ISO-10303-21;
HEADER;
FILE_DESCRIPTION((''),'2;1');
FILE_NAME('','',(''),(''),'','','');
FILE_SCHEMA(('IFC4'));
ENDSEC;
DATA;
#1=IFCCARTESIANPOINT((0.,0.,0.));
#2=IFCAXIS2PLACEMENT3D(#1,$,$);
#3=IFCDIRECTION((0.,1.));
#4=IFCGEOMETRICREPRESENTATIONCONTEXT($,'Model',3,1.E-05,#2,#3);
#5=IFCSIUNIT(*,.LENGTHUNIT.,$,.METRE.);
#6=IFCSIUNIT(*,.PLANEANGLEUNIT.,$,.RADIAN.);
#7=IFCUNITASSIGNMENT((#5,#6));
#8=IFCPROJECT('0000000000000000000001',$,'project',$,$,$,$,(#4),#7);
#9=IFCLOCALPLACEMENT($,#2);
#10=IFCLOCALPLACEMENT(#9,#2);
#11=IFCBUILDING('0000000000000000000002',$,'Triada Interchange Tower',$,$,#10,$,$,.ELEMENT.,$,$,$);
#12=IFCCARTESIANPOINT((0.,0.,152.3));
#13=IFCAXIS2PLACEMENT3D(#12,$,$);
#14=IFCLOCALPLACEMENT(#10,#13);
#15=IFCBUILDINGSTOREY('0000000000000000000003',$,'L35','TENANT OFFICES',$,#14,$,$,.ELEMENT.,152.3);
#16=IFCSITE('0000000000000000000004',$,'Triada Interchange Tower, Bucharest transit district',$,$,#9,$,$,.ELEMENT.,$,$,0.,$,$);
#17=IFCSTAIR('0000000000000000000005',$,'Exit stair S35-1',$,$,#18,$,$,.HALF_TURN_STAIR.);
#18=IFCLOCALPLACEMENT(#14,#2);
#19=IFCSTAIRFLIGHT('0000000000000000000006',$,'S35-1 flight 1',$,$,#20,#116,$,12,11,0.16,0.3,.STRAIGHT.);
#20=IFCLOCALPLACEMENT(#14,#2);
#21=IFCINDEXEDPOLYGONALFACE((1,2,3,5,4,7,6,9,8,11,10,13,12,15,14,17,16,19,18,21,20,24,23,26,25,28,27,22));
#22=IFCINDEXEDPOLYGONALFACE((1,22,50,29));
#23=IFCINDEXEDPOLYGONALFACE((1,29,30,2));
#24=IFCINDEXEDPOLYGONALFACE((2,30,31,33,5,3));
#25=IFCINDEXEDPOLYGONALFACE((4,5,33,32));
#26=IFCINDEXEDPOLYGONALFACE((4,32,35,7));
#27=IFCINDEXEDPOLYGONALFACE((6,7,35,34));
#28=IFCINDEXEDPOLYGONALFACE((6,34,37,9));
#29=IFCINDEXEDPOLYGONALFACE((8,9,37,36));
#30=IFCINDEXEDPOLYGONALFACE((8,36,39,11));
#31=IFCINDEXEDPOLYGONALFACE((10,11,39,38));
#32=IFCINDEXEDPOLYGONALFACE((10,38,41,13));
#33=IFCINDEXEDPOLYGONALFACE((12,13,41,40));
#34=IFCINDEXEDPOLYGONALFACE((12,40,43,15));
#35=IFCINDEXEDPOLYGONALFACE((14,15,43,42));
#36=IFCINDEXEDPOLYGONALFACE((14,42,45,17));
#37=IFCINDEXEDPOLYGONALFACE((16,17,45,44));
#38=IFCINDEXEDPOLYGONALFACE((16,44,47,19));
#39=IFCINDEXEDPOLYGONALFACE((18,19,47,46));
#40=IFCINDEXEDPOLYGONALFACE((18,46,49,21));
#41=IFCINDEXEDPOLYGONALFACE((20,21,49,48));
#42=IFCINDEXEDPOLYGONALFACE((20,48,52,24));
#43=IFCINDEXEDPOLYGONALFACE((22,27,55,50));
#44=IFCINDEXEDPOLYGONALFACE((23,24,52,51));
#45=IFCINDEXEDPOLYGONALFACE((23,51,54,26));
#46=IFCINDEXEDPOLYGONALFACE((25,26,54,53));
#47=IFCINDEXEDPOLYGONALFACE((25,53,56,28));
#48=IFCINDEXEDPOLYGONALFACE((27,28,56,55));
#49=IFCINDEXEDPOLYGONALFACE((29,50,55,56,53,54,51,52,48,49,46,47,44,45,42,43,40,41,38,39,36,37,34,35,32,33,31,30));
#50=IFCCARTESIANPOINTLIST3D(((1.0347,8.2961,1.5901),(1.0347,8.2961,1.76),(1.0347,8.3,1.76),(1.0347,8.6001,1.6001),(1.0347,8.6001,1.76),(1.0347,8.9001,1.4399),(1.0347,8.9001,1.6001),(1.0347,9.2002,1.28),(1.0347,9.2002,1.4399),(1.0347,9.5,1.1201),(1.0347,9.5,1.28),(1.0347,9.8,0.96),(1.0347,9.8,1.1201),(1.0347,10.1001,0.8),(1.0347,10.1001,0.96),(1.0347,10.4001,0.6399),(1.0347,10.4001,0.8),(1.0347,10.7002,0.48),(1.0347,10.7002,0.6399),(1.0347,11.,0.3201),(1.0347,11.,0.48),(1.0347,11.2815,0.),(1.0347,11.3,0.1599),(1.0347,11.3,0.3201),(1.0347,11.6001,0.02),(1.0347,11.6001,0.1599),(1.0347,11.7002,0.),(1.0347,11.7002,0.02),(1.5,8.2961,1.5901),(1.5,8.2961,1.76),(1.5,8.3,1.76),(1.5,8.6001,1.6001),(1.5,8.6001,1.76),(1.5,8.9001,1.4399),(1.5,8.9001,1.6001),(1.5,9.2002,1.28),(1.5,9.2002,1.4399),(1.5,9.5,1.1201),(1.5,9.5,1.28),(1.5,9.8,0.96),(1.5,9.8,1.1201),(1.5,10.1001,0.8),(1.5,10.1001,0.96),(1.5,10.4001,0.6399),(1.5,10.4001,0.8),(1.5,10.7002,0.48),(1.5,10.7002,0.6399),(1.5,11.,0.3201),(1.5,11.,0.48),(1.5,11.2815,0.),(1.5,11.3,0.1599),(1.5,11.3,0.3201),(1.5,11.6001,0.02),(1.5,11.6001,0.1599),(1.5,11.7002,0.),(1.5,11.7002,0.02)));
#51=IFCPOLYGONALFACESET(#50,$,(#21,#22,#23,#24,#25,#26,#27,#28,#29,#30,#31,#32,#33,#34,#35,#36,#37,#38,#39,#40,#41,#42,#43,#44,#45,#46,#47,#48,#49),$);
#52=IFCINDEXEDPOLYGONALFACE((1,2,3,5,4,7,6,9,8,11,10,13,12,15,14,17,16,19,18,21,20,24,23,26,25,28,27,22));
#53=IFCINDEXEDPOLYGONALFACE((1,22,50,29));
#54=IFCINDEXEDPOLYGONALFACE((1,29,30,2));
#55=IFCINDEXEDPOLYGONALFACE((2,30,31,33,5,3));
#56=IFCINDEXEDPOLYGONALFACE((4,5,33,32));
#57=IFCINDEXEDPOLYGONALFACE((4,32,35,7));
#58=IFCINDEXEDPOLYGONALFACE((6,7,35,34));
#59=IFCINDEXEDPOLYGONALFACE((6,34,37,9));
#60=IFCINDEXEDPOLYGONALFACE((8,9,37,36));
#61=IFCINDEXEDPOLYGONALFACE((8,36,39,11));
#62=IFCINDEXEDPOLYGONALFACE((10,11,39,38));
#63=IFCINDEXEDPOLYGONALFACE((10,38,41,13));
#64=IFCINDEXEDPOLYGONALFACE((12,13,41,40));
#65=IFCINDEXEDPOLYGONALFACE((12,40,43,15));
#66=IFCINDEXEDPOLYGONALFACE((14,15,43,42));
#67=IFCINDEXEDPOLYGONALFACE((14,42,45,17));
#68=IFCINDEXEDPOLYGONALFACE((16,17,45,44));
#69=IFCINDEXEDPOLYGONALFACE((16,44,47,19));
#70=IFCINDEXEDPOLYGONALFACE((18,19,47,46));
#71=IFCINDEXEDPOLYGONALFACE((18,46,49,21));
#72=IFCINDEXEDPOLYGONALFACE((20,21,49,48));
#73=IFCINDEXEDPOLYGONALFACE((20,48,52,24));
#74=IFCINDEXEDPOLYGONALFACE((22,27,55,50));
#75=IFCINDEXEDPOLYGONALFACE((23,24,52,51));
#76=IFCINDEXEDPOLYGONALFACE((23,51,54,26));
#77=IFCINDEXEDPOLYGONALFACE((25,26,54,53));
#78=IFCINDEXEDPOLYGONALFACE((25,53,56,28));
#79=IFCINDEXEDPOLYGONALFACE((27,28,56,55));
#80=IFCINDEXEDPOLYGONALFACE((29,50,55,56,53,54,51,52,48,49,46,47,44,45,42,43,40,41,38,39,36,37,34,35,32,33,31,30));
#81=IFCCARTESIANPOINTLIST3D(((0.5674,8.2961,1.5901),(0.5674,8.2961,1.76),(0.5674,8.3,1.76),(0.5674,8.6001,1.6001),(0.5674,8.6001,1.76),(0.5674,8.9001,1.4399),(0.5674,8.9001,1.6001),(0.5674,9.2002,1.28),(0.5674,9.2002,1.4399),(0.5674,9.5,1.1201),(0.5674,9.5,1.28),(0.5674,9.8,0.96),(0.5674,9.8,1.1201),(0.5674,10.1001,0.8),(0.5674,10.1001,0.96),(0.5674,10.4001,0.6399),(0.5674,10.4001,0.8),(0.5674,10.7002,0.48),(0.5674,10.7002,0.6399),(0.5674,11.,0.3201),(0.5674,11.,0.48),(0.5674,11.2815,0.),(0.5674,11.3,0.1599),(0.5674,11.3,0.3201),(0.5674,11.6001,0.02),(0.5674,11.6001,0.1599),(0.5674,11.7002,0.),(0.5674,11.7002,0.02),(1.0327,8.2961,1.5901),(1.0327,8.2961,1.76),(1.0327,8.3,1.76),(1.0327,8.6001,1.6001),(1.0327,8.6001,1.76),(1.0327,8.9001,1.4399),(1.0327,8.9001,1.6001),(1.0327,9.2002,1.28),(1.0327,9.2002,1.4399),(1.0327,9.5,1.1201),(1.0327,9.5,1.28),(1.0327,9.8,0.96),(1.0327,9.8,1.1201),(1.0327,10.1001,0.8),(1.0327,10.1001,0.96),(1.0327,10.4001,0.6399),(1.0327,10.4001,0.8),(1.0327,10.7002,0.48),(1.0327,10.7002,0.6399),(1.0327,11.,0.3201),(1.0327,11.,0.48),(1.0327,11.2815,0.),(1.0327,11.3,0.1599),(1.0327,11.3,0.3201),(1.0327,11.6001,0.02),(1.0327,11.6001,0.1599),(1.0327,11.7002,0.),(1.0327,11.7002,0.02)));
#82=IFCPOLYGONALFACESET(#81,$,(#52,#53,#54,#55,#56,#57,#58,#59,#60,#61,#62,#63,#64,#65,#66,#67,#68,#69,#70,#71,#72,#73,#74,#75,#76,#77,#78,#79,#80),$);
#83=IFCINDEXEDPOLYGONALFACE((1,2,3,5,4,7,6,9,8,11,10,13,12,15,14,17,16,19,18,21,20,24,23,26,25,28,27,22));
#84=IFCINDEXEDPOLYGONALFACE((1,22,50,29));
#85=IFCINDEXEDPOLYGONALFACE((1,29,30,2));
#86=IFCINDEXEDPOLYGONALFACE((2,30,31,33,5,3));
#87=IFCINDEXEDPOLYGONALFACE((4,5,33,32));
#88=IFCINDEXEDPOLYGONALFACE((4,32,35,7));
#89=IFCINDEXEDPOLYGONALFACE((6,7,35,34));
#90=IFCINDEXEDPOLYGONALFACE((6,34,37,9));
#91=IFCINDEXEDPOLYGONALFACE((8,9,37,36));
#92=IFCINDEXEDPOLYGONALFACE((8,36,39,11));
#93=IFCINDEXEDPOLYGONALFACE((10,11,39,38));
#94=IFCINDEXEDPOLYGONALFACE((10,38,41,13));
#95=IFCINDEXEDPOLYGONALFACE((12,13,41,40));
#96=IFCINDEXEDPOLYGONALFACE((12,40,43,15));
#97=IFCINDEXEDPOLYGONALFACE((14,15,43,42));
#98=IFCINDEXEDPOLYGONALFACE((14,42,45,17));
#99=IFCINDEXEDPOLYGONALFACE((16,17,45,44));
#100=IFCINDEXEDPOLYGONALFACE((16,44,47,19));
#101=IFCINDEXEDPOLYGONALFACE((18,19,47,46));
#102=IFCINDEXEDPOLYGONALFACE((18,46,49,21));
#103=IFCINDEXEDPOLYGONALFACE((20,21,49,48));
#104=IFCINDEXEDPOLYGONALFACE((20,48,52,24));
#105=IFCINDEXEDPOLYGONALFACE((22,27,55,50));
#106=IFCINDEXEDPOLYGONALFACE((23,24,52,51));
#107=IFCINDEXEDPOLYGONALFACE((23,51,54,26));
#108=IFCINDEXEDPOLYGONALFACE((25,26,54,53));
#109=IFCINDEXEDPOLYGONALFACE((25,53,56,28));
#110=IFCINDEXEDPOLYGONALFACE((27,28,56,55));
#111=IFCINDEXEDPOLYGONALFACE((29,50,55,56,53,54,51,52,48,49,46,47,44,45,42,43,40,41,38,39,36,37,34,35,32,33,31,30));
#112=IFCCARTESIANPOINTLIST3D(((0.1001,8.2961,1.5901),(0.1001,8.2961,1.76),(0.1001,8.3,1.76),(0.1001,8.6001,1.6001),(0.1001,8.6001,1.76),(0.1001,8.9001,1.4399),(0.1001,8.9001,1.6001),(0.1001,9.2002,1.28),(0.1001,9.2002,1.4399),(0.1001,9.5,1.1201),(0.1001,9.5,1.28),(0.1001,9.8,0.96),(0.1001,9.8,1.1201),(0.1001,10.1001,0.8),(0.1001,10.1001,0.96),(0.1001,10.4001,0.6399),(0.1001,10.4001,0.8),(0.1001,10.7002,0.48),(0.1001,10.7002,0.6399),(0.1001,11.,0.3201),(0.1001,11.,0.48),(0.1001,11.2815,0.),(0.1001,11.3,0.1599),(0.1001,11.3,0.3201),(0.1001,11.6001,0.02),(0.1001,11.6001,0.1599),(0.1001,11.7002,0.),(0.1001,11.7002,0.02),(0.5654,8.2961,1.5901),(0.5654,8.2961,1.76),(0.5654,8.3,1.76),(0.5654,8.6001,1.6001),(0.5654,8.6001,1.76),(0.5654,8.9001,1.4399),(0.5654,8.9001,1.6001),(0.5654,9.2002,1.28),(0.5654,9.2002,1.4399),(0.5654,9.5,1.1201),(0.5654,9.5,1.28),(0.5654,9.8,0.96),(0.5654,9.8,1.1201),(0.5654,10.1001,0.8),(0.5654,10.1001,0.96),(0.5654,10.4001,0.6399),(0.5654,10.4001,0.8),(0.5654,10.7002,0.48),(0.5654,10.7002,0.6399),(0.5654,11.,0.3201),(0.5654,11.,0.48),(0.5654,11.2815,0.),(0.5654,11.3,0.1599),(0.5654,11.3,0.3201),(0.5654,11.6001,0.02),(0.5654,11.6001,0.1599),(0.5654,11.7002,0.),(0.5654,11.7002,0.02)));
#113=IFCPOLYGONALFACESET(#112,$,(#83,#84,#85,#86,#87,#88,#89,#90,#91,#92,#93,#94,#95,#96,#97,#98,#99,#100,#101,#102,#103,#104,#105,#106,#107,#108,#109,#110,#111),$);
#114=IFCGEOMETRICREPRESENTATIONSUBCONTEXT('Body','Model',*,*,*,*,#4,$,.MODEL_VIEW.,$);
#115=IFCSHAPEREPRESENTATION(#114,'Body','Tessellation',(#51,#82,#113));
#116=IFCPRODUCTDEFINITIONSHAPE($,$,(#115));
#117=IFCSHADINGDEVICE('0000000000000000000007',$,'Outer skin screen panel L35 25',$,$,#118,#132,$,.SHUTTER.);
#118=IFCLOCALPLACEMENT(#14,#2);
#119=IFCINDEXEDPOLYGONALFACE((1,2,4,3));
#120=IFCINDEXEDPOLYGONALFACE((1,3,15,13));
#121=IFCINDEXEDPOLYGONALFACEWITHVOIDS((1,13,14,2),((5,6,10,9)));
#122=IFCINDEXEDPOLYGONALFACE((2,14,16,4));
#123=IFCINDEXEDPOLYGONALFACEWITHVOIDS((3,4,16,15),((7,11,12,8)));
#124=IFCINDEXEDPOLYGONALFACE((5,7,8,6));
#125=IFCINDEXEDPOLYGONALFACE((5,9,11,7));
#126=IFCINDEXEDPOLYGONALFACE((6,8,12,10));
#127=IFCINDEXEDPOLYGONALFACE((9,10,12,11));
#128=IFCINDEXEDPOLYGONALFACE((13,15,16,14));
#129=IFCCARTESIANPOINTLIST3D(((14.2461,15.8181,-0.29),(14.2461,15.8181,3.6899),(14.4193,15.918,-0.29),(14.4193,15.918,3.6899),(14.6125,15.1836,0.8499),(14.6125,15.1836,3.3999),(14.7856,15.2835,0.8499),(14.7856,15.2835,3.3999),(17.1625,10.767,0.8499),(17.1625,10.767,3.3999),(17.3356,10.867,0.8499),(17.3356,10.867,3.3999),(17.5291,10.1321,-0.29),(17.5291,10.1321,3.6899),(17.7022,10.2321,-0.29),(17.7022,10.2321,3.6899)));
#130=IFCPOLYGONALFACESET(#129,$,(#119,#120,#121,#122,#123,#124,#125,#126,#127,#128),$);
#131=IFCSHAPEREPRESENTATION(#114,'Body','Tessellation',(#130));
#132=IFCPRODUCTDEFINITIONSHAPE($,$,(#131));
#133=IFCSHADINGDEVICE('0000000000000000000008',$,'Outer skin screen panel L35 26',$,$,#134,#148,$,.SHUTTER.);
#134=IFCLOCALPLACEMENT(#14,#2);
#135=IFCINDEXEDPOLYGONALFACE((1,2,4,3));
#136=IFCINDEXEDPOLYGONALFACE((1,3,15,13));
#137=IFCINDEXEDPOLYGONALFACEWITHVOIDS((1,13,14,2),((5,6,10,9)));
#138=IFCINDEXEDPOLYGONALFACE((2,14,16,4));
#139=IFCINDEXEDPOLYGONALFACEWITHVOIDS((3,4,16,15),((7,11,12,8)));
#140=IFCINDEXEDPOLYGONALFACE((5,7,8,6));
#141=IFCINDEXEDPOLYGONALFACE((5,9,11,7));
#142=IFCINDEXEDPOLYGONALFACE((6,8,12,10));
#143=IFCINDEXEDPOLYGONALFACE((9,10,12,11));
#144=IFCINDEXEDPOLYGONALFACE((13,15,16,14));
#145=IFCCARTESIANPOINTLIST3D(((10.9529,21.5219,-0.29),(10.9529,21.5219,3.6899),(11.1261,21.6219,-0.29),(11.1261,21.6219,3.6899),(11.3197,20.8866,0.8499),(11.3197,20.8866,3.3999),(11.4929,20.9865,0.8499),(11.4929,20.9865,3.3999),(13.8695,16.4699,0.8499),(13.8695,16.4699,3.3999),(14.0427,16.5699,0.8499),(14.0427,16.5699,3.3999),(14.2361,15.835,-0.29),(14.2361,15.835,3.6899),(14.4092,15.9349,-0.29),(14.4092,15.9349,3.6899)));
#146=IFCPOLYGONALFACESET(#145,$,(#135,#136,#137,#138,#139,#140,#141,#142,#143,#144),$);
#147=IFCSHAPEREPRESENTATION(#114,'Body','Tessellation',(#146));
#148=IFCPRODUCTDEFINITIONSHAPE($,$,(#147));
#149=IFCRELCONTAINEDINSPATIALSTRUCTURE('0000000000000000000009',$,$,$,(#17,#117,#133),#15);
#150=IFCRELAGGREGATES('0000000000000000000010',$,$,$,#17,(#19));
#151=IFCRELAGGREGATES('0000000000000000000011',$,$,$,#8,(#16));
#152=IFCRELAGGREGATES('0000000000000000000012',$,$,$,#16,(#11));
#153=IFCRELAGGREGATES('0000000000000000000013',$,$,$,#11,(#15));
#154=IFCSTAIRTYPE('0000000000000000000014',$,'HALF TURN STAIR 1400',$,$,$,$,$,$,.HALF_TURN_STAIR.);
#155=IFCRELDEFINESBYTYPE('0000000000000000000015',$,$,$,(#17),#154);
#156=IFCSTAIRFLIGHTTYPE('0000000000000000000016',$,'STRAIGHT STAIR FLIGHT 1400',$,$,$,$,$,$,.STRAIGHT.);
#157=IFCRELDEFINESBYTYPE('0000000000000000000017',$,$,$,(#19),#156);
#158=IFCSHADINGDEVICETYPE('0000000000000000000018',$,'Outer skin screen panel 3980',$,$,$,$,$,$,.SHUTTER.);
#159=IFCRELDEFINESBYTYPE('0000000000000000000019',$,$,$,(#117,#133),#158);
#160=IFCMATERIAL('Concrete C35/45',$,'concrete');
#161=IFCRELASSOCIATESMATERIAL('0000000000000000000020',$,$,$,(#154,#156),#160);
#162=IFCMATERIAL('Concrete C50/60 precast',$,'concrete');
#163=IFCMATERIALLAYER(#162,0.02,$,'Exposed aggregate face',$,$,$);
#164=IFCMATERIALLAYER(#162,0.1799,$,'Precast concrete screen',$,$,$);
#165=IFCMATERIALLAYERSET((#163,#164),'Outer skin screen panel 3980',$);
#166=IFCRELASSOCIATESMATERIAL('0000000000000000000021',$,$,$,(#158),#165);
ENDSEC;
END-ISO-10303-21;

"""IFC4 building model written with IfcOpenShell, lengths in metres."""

from ifc_helpers import new_model, si_unit, direction, frame, origin, place, context, subcontext, project, spatial, polyline, outline, extrude, material, layer, layer_set, type_object, element, aggregate, save


model = new_model("IFC4")

# Units and contexts
model_context = context("Model", 3, precision=1e-05, world=origin(), true_north=direction((0.0, 1.0)))
body_context = subcontext(model_context, "Body", "Model", "MODEL_VIEW")
ifc_project = project(units=[si_unit("LENGTHUNIT", "METRE"), si_unit("PLANEANGLEUNIT", "RADIAN")], contexts=[model_context])

# Site, building, storey
site_placement = place(None, origin())
site = spatial("IfcSite", under=ifc_project, at=site_placement, Name="Triada Interchange Tower, Bucharest transit district", CompositionType="ELEMENT", RefElevation=0.0)
building_placement = place(site_placement, origin())
building = spatial("IfcBuilding", under=site, at=building_placement, Name="Triada Interchange Tower", CompositionType="ELEMENT")
storey_placement = place(building_placement, frame((0.0, 0.0, 152.3)))
storey = spatial("IfcBuildingStorey", under=building, at=storey_placement, Name="L35", Description="TENANT OFFICES", CompositionType="ELEMENT", Elevation=152.3)

# Stair, stair flight
ifc_material_1 = material(Name="Concrete C35/45", Category="concrete")
stair_type = type_object("IfcStairType", Name="HALF TURN STAIR 1400", PredefinedType="HALF_TURN_STAIR", material=ifc_material_1)
stair_placement = place(storey_placement, origin())
stair = element("IfcStair", 1, at=stair_placement, inside=storey, type_object=stair_type, Name="Exit stair S35-1", PredefinedType="HALF_TURN_STAIR")
stair_flight_type = type_object("IfcStairFlightType", Name="STRAIGHT STAIR FLIGHT 1400", PredefinedType="STRAIGHT", material=ifc_material_1)
stair_flight_placement = place(storey_placement, frame((0.8, 11.6001, 0.0), z_axis=(0.0, 0.0, 1.0), x_axis=(0.0, -1.0, 0.0)))
stair_flight = element("IfcStairFlight", 2, at=stair_flight_placement, type_object=stair_flight_type, Name="S35-1 flight 1", NumberOfRisers=12, NumberOfTreads=11, PredefinedType="STRAIGHT", RiserHeight=0.16, TreadLength=0.3, context=body_context, shape_type="SweptSolid", body=[
    extrude(outline(polyline([(-0.1001, 0.0), (-0.1001, 0.02), (0.0, 0.02), (0.0, 0.1599), (0.3, 0.1599), (0.3, 0.3201), (0.6001, 0.3201), (0.6001, 0.48), (0.8999, 0.48), (0.8999, 0.6399), (1.2, 0.6399), (1.2, 0.8), (1.5, 0.8), (1.5, 0.96), (1.8, 0.96), (1.8, 1.1201), (2.1001, 1.1201), (2.1001, 1.28), (2.3999, 1.28), (2.3999, 1.4399), (2.7, 1.4399), (2.7, 1.6001), (3.0, 1.6001), (3.0, 1.76), (3.3, 1.76), (3.304, 1.76), (3.304, 1.9199), (3.304, 1.5901), (0.3186, 0.0), (-0.1001, 0.0)])), frame((0.0, 0.7, 0.0), z_axis=(0.0, -1.0, 0.0), x_axis=(1.0, 0.0, 0.0)), (0.0, 0.0, 1.0), 0.4653),
    extrude(outline(polyline([(-0.1001, 0.0), (-0.1001, 0.02), (0.0, 0.02), (0.0, 0.1599), (0.3, 0.1599), (0.3, 0.3201), (0.6001, 0.3201), (0.6001, 0.48), (0.8999, 0.48), (0.8999, 0.6399), (1.2, 0.6399), (1.2, 0.8), (1.5, 0.8), (1.5, 0.96), (1.8, 0.96), (1.8, 1.1201), (2.1001, 1.1201), (2.1001, 1.28), (2.3999, 1.28), (2.3999, 1.4399), (2.7, 1.4399), (2.7, 1.6001), (3.0, 1.6001), (3.0, 1.76), (3.3, 1.76), (3.304, 1.76), (3.304, 1.9199), (3.304, 1.5901), (0.3186, 0.0), (-0.1001, 0.0)])), frame((0.0, 0.2327, 0.0), z_axis=(0.0, -1.0, 0.0), x_axis=(1.0, 0.0, 0.0)), (0.0, 0.0, 1.0), 0.4653),
    extrude(outline(polyline([(-0.1001, 0.0), (-0.1001, 0.02), (0.0, 0.02), (0.0, 0.1599), (0.3, 0.1599), (0.3, 0.3201), (0.6001, 0.3201), (0.6001, 0.48), (0.8999, 0.48), (0.8999, 0.6399), (1.2, 0.6399), (1.2, 0.8), (1.5, 0.8), (1.5, 0.96), (1.8, 0.96), (1.8, 1.1201), (2.1001, 1.1201), (2.1001, 1.28), (2.3999, 1.28), (2.3999, 1.4399), (2.7, 1.4399), (2.7, 1.6001), (3.0, 1.6001), (3.0, 1.76), (3.3, 1.76), (3.304, 1.76), (3.304, 1.9199), (3.304, 1.5901), (0.3186, 0.0), (-0.1001, 0.0)])), frame((0.0, -0.2346, 0.0), z_axis=(0.0, -1.0, 0.0), x_axis=(1.0, 0.0, 0.0)), (0.0, 0.0, 1.0), 0.4653),
])

# Shading devices
ifc_material_2 = material(Name="Concrete C50/60 precast", Category="concrete")
ifc_layer_1 = layer(ifc_material_2, 0.02, Name="Exposed aggregate face")
ifc_layer_2 = layer(ifc_material_2, 0.1799, Name="Precast concrete screen")
ifc_layer_set_1 = layer_set([ifc_layer_1, ifc_layer_2], Name="Outer skin screen panel 3980")
shading_device_type = type_object("IfcShadingDeviceType", Name="Outer skin screen panel 3980", PredefinedType="SHUTTER", material=ifc_layer_set_1)
shading_device_1_placement = place(storey_placement, frame((17.5291, 10.1321, -0.29), z_axis=(0.0, 0.0, 1.0), x_axis=(-0.500014, 0.866017, 0.0)))
element("IfcShadingDevice", 3, at=shading_device_1_placement, inside=storey, type_object=shading_device_type, Name="Outer skin screen panel L35 25", PredefinedType="SHUTTER", context=body_context, shape_type="SweptSolid", body=[
    extrude(outline(polyline([(0.0, 0.0), (6.5657, 0.0), (6.5657, 3.98), (0.0, 3.98), (0.0, 0.0)]), holes=[polyline([(0.7332, 1.1399), (0.7332, 3.6899), (5.833, 3.6899), (5.833, 1.1399), (0.7332, 1.1399)])]), frame((0.0, 0.0, 0.0), z_axis=(0.0, -1.0, 0.0), x_axis=(1.0, 0.0, 0.0)), (0.0, 0.0, 1.0), 0.2),
])
shading_device_2_placement = place(storey_placement, frame((14.2361, 15.835, -0.29), z_axis=(0.0, 0.0, 1.0), x_axis=(-0.499978, 0.866038, 0.0)))
element("IfcShadingDevice", 4, at=shading_device_2_placement, inside=storey, type_object=shading_device_type, Name="Outer skin screen panel L35 26", PredefinedType="SHUTTER", context=body_context, shape_type="SweptSolid", body=[
    extrude(outline(polyline([(0.0, 0.0), (6.5667, 0.0), (6.5667, 3.98), (0.0, 3.98), (0.0, 0.0)]), holes=[polyline([(0.7332, 1.1399), (0.7332, 3.6899), (5.833, 3.6899), (5.833, 1.1399), (0.7332, 1.1399)])]), frame((0.0, 0.0, 0.0), z_axis=(0.0, -1.0, 0.0), x_axis=(1.0, 0.0, 0.0)), (0.0, 0.0, 1.0), 0.2),
])

aggregate(stair, [stair_flight])

save(model, "model.ifc")
